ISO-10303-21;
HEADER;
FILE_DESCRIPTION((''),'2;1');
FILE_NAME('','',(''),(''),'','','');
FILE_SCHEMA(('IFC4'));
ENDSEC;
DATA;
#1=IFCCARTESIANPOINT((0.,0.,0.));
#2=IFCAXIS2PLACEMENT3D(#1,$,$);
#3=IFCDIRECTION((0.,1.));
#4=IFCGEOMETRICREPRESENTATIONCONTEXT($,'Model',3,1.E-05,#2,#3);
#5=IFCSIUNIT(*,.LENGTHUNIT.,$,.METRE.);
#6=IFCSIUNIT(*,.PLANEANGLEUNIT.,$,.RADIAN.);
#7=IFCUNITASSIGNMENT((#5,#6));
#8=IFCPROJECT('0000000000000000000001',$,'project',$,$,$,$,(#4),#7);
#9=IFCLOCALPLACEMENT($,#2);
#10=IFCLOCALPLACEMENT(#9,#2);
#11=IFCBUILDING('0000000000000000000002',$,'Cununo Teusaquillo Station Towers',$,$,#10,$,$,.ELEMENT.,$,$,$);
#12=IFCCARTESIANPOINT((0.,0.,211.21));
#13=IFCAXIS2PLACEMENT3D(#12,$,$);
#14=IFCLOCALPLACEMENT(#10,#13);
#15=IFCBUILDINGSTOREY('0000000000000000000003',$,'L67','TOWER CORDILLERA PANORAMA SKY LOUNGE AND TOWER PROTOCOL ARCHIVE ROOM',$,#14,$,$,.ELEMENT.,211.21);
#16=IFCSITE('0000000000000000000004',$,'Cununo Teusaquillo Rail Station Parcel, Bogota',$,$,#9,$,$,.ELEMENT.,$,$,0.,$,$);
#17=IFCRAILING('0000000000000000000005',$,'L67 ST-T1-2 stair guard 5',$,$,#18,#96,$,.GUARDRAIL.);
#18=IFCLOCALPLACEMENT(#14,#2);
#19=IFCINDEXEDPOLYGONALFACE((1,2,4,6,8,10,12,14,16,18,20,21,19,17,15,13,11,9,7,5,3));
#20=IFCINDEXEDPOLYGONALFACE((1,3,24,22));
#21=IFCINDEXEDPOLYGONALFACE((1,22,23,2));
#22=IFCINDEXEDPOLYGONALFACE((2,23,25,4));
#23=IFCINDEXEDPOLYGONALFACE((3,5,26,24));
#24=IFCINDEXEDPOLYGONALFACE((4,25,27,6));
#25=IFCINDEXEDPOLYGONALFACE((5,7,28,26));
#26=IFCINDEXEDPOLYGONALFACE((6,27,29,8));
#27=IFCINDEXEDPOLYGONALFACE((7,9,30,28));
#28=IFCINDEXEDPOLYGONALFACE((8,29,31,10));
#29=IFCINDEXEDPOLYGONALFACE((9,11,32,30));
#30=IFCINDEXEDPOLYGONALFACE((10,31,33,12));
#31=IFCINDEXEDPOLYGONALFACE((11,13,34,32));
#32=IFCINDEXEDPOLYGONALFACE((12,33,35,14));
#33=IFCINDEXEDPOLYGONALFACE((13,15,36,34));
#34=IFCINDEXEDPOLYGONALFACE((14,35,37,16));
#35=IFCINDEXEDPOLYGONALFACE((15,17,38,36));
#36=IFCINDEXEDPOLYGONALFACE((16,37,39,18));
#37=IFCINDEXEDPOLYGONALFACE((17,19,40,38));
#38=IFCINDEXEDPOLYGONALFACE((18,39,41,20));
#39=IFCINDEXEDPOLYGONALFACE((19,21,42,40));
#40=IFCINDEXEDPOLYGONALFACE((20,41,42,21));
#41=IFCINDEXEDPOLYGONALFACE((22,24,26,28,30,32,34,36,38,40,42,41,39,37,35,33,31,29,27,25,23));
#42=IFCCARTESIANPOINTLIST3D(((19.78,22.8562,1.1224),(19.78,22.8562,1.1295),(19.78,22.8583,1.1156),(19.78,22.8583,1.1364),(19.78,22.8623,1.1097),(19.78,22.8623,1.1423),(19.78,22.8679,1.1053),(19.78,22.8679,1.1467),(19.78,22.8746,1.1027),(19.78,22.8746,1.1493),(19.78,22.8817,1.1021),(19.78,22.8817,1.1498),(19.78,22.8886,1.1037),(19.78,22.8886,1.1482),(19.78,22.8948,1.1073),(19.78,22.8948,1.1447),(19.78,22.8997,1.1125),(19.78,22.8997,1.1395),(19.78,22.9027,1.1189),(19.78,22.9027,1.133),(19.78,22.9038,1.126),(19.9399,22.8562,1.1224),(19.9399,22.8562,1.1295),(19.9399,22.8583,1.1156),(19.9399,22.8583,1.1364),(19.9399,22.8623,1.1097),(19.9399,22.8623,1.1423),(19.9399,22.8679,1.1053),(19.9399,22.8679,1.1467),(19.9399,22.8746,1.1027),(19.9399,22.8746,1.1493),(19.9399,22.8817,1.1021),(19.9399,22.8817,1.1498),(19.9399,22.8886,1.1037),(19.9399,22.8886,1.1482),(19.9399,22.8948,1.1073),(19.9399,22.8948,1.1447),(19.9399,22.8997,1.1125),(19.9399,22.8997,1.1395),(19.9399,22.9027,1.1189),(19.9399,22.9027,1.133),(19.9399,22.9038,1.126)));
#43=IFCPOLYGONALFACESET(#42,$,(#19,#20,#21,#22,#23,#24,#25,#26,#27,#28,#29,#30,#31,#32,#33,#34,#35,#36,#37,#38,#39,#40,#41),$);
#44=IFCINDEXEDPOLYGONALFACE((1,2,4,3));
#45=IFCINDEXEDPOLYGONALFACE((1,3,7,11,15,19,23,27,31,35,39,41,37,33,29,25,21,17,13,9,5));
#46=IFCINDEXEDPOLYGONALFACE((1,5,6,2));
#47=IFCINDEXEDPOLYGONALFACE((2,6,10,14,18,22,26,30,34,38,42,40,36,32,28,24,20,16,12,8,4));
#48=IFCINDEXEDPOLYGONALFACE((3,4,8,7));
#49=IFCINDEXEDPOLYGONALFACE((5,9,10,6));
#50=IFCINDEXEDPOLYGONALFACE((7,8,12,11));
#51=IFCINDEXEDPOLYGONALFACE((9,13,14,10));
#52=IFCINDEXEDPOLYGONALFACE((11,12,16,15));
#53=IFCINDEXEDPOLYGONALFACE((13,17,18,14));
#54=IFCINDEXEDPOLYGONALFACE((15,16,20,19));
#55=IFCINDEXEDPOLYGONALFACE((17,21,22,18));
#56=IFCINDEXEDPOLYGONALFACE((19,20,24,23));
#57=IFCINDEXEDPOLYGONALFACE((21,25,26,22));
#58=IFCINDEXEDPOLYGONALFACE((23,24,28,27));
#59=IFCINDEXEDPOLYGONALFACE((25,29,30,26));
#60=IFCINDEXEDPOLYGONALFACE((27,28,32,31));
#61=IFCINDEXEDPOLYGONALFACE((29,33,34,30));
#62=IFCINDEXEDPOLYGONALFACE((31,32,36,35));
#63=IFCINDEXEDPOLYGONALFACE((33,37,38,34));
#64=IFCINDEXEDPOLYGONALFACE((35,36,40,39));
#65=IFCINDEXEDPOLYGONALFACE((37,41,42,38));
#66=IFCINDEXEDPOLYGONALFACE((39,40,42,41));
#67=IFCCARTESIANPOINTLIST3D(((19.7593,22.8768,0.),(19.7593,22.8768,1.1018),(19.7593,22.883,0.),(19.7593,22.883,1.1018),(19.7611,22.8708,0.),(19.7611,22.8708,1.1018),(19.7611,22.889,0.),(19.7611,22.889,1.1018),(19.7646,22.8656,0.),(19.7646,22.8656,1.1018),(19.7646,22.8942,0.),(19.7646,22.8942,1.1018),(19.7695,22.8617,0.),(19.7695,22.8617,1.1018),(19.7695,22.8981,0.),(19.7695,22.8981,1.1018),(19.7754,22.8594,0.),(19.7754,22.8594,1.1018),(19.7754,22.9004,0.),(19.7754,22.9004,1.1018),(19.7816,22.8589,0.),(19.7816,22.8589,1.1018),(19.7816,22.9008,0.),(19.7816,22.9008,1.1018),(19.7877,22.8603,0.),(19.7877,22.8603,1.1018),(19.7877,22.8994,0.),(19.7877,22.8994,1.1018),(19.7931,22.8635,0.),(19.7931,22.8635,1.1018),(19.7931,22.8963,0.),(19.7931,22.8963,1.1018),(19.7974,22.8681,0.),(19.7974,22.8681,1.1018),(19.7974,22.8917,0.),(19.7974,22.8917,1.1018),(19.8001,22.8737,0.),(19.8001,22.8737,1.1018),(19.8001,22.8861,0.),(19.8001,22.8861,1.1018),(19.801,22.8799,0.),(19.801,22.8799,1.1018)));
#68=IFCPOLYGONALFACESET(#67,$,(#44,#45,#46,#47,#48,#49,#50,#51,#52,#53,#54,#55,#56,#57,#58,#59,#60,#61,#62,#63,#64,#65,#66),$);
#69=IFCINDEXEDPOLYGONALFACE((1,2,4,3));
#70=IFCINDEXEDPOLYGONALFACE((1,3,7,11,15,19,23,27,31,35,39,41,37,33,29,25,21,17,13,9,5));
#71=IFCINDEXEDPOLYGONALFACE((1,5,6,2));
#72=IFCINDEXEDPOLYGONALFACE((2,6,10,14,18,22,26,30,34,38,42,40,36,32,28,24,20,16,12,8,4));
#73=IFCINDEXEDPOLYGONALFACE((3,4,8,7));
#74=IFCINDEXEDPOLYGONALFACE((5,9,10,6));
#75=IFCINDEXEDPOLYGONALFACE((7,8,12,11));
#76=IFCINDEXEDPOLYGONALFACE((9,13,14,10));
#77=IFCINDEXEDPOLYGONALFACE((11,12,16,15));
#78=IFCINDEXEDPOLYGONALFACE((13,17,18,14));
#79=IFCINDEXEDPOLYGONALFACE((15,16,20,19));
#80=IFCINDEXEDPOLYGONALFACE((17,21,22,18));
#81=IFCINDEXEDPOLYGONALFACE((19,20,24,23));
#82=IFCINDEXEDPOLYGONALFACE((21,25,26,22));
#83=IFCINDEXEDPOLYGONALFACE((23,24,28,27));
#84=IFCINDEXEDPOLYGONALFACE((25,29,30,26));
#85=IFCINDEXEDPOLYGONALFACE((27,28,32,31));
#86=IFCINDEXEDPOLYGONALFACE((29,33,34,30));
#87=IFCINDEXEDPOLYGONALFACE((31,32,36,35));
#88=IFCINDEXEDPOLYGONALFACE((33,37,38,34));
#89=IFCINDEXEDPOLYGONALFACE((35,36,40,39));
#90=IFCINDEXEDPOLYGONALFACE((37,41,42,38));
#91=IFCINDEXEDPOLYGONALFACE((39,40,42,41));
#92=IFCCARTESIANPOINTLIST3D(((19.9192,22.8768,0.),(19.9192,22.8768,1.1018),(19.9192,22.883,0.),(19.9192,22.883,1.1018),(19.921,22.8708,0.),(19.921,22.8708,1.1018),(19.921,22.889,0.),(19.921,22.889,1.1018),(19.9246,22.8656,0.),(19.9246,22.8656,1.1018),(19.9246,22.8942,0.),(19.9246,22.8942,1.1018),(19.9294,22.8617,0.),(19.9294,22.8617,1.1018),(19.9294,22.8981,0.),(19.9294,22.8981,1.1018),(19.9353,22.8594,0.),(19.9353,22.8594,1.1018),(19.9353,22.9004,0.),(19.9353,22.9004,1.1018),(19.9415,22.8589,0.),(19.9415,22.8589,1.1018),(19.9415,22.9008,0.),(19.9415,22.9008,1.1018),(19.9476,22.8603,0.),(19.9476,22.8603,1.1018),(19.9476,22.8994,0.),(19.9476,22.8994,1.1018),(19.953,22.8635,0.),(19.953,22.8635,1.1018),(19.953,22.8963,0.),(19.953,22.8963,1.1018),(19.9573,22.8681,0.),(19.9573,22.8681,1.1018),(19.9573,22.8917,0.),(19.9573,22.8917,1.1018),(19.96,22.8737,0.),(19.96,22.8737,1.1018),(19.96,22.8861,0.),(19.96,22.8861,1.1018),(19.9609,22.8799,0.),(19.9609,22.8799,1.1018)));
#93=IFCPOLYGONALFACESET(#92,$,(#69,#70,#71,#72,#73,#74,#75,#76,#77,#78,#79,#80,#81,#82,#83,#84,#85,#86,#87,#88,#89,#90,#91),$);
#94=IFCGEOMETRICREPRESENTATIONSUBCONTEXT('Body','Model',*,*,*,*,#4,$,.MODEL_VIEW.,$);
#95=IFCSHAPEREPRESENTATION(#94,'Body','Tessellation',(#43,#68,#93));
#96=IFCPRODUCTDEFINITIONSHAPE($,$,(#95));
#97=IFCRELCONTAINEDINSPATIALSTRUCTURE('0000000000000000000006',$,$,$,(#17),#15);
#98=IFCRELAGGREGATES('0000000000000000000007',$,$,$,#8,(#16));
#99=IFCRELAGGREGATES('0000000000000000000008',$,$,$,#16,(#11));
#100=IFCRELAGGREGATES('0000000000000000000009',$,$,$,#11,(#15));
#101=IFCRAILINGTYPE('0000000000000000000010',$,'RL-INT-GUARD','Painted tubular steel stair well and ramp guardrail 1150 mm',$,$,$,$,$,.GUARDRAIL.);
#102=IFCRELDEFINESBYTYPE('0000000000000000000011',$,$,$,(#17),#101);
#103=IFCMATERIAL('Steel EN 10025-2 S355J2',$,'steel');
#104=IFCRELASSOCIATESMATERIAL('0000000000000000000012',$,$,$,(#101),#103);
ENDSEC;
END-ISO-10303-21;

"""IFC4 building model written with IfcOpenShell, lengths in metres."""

from ifc_helpers import new_model, si_unit, direction, frame, origin, origin_2d, place, context, subcontext, project, spatial, circle, extrude, material, type_object, element, save


model = new_model("IFC4")

# Units and contexts
model_context = context("Model", 3, precision=1e-05, world=origin(), true_north=direction((0.0, 1.0)))
body_context = subcontext(model_context, "Body", "Model", "MODEL_VIEW")
ifc_project = project(units=[si_unit("LENGTHUNIT", "METRE"), si_unit("PLANEANGLEUNIT", "RADIAN")], contexts=[model_context])

# Site, building, storey
site_placement = place(None, origin())
site = spatial("IfcSite", under=ifc_project, at=site_placement, Name="Cununo Teusaquillo Rail Station Parcel, Bogota", CompositionType="ELEMENT", RefElevation=0.0)
building_placement = place(site_placement, origin())
building = spatial("IfcBuilding", under=site, at=building_placement, Name="Cununo Teusaquillo Station Towers", CompositionType="ELEMENT")
storey_placement = place(building_placement, frame((0.0, 0.0, 211.21)))
storey = spatial("IfcBuildingStorey", under=building, at=storey_placement, Name="L67", Description="TOWER CORDILLERA PANORAMA SKY LOUNGE AND TOWER PROTOCOL ARCHIVE ROOM", CompositionType="ELEMENT", Elevation=211.21)

# Railing
ifc_material_1 = material(Name="Steel EN 10025-2 S355J2", Category="steel")
railing_type_1 = type_object("IfcRailingType", Name="RL-INT-GUARD", Description="Painted tubular steel stair well and ramp guardrail 1150 mm", PredefinedType="GUARDRAIL", material=ifc_material_1)
railing_1_placement = place(storey_placement, frame((19.78, 22.8799, 0.0)))
element("IfcRailing", 1, at=railing_1_placement, inside=storey, type_object=railing_type_1, Name="L67 ST-T1-2 stair guard 5", PredefinedType="GUARDRAIL", context=body_context, shape_type="SweptSolid", body=[
    extrude(circle(Radius=0.0239, at=origin_2d()), frame((0.0, 0.0, 1.126), z_axis=(1.0, 0.0, 0.0), x_axis=(0.0, 1.0, 0.0)), (0.0, 0.0, 1.0), 0.1599),
    extrude(circle(Radius=0.021, at=origin_2d()), origin(), (0.0, 0.0, 1.0), 1.1018),
    extrude(circle(Radius=0.021, at=origin_2d()), frame((0.1599, 0.0, 0.0)), (0.0, 0.0, 1.0), 1.1018),
])

save(model, "model.ifc")
